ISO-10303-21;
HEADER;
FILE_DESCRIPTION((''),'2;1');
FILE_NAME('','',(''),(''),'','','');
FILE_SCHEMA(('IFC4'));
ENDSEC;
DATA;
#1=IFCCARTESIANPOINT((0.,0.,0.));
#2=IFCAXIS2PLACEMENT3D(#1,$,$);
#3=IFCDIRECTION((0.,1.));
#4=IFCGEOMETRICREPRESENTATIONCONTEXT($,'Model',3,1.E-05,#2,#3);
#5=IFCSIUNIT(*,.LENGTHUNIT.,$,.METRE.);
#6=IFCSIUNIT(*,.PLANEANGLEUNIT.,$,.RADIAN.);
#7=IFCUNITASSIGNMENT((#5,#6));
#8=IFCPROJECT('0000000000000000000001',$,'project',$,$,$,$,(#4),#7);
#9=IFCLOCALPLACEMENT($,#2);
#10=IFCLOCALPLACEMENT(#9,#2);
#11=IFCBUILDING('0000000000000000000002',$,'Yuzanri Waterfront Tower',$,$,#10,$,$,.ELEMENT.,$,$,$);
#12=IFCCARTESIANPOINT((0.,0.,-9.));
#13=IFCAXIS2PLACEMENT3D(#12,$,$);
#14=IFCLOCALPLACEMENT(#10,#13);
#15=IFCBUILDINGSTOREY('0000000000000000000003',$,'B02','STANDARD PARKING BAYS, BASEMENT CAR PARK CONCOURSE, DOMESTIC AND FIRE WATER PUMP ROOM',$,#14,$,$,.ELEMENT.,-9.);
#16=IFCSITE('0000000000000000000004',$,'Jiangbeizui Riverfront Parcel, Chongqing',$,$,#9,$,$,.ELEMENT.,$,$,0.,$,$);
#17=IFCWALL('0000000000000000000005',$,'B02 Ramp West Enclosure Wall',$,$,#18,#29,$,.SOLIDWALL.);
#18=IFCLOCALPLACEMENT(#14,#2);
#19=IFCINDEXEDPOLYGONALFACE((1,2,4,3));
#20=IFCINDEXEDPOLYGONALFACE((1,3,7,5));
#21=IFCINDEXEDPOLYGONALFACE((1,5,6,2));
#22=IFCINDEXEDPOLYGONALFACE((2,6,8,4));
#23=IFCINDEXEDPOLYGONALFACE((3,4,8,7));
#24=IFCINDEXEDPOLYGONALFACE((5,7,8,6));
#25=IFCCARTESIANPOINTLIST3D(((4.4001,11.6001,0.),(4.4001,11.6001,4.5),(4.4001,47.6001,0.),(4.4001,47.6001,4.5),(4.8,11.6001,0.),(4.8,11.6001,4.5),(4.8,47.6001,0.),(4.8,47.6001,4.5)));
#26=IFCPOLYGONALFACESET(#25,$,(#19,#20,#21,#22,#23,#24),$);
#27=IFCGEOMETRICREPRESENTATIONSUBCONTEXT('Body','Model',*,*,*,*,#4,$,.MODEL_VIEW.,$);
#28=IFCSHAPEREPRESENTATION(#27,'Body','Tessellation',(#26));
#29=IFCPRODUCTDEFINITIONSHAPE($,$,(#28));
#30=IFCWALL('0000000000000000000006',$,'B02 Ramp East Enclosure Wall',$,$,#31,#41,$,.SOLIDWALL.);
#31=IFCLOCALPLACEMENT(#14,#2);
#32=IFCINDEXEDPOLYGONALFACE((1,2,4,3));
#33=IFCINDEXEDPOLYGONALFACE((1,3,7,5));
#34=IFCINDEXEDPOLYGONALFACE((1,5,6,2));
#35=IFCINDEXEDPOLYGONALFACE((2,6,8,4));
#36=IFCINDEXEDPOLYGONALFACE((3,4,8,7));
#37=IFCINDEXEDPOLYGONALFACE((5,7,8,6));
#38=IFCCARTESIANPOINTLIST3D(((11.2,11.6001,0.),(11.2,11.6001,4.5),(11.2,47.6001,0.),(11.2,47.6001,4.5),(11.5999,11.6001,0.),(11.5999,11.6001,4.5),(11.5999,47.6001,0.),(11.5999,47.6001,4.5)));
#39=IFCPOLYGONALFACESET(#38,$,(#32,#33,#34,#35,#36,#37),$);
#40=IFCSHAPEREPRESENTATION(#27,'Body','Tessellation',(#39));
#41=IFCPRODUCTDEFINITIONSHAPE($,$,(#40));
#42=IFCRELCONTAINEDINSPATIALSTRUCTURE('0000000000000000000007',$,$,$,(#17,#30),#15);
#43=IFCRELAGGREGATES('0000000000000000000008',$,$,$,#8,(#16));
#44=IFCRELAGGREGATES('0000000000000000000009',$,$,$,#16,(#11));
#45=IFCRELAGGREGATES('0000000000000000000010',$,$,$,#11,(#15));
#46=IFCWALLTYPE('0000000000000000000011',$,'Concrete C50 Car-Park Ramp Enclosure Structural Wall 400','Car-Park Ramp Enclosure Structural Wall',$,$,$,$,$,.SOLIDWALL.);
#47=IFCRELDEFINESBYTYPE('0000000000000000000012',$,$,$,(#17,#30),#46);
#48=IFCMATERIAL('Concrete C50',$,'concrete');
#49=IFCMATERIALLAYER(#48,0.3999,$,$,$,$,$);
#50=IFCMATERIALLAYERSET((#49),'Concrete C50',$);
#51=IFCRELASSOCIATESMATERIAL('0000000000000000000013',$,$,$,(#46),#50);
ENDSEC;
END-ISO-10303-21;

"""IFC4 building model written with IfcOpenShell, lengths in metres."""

from ifc_helpers import new_model, si_unit, direction, frame, frame_2d, origin, place, context, subcontext, project, spatial, rectangle, extrude, source, transform, mapped, material, layer, layer_set, type_object, element, save


model = new_model("IFC4")

# Units and contexts
model_context = context("Model", 3, precision=1e-05, world=origin(), true_north=direction((0.0, 1.0)))
body_context = subcontext(model_context, "Body", "Model", "MODEL_VIEW")
ifc_project = project(units=[si_unit("LENGTHUNIT", "METRE"), si_unit("PLANEANGLEUNIT", "RADIAN")], contexts=[model_context])

# Site, building, storey
site_placement = place(None, origin())
site = spatial("IfcSite", under=ifc_project, at=site_placement, Name="Jiangbeizui Riverfront Parcel, Chongqing", CompositionType="ELEMENT", RefElevation=0.0)
building_placement = place(site_placement, origin())
building = spatial("IfcBuilding", under=site, at=building_placement, Name="Yuzanri Waterfront Tower", CompositionType="ELEMENT")
storey_placement = place(building_placement, frame((0.0, 0.0, -9.0)))
storey = spatial("IfcBuildingStorey", under=building, at=storey_placement, Name="B02", Description="STANDARD PARKING BAYS, BASEMENT CAR PARK CONCOURSE, DOMESTIC AND FIRE WATER PUMP ROOM", CompositionType="ELEMENT", Elevation=-9.0)

# Walls
ifc_material_1 = material(Name="Concrete C50", Category="concrete")
ifc_layer_1 = layer(ifc_material_1, 0.3999)
ifc_layer_set_1 = layer_set([ifc_layer_1], Name="Concrete C50")
wall_type_1 = type_object("IfcWallType", Name="Concrete C50 Car-Park Ramp Enclosure Structural Wall 400", Description="Car-Park Ramp Enclosure Structural Wall", PredefinedType="SOLIDWALL", material=ifc_layer_set_1)
shared_shape_1 = source(origin(), body_context, "Body", "SweptSolid", [
    extrude(rectangle(XDim=36.0, YDim=0.3999, at=frame_2d((18.0, 0.0))), origin(), (0.0, 0.0, 1.0), 4.5),
])
for number, where, z_axis, x_axis, name in (
    (1, (4.6001, 11.6001, 0.0), (0.0, 0.0, 1.0), (0.0, 1.0, 0.0), "B02 Ramp West Enclosure Wall"),
    (2, (11.3999, 11.6001, 0.0), (0.0, 0.0, 1.0), (0.0, 1.0, 0.0), "B02 Ramp East Enclosure Wall"),
):
    element("IfcWall", number, at=place(storey_placement, frame(where, z_axis=z_axis, x_axis=x_axis)), inside=storey, type_object=wall_type_1, Name=name, PredefinedType="SOLIDWALL", context=body_context, shape_type="MappedRepresentation", body=[
        mapped(shared_shape_1, transform((0.0, 0.0, 0.0), scale=1.0)),
    ])

save(model, "model.ifc")
